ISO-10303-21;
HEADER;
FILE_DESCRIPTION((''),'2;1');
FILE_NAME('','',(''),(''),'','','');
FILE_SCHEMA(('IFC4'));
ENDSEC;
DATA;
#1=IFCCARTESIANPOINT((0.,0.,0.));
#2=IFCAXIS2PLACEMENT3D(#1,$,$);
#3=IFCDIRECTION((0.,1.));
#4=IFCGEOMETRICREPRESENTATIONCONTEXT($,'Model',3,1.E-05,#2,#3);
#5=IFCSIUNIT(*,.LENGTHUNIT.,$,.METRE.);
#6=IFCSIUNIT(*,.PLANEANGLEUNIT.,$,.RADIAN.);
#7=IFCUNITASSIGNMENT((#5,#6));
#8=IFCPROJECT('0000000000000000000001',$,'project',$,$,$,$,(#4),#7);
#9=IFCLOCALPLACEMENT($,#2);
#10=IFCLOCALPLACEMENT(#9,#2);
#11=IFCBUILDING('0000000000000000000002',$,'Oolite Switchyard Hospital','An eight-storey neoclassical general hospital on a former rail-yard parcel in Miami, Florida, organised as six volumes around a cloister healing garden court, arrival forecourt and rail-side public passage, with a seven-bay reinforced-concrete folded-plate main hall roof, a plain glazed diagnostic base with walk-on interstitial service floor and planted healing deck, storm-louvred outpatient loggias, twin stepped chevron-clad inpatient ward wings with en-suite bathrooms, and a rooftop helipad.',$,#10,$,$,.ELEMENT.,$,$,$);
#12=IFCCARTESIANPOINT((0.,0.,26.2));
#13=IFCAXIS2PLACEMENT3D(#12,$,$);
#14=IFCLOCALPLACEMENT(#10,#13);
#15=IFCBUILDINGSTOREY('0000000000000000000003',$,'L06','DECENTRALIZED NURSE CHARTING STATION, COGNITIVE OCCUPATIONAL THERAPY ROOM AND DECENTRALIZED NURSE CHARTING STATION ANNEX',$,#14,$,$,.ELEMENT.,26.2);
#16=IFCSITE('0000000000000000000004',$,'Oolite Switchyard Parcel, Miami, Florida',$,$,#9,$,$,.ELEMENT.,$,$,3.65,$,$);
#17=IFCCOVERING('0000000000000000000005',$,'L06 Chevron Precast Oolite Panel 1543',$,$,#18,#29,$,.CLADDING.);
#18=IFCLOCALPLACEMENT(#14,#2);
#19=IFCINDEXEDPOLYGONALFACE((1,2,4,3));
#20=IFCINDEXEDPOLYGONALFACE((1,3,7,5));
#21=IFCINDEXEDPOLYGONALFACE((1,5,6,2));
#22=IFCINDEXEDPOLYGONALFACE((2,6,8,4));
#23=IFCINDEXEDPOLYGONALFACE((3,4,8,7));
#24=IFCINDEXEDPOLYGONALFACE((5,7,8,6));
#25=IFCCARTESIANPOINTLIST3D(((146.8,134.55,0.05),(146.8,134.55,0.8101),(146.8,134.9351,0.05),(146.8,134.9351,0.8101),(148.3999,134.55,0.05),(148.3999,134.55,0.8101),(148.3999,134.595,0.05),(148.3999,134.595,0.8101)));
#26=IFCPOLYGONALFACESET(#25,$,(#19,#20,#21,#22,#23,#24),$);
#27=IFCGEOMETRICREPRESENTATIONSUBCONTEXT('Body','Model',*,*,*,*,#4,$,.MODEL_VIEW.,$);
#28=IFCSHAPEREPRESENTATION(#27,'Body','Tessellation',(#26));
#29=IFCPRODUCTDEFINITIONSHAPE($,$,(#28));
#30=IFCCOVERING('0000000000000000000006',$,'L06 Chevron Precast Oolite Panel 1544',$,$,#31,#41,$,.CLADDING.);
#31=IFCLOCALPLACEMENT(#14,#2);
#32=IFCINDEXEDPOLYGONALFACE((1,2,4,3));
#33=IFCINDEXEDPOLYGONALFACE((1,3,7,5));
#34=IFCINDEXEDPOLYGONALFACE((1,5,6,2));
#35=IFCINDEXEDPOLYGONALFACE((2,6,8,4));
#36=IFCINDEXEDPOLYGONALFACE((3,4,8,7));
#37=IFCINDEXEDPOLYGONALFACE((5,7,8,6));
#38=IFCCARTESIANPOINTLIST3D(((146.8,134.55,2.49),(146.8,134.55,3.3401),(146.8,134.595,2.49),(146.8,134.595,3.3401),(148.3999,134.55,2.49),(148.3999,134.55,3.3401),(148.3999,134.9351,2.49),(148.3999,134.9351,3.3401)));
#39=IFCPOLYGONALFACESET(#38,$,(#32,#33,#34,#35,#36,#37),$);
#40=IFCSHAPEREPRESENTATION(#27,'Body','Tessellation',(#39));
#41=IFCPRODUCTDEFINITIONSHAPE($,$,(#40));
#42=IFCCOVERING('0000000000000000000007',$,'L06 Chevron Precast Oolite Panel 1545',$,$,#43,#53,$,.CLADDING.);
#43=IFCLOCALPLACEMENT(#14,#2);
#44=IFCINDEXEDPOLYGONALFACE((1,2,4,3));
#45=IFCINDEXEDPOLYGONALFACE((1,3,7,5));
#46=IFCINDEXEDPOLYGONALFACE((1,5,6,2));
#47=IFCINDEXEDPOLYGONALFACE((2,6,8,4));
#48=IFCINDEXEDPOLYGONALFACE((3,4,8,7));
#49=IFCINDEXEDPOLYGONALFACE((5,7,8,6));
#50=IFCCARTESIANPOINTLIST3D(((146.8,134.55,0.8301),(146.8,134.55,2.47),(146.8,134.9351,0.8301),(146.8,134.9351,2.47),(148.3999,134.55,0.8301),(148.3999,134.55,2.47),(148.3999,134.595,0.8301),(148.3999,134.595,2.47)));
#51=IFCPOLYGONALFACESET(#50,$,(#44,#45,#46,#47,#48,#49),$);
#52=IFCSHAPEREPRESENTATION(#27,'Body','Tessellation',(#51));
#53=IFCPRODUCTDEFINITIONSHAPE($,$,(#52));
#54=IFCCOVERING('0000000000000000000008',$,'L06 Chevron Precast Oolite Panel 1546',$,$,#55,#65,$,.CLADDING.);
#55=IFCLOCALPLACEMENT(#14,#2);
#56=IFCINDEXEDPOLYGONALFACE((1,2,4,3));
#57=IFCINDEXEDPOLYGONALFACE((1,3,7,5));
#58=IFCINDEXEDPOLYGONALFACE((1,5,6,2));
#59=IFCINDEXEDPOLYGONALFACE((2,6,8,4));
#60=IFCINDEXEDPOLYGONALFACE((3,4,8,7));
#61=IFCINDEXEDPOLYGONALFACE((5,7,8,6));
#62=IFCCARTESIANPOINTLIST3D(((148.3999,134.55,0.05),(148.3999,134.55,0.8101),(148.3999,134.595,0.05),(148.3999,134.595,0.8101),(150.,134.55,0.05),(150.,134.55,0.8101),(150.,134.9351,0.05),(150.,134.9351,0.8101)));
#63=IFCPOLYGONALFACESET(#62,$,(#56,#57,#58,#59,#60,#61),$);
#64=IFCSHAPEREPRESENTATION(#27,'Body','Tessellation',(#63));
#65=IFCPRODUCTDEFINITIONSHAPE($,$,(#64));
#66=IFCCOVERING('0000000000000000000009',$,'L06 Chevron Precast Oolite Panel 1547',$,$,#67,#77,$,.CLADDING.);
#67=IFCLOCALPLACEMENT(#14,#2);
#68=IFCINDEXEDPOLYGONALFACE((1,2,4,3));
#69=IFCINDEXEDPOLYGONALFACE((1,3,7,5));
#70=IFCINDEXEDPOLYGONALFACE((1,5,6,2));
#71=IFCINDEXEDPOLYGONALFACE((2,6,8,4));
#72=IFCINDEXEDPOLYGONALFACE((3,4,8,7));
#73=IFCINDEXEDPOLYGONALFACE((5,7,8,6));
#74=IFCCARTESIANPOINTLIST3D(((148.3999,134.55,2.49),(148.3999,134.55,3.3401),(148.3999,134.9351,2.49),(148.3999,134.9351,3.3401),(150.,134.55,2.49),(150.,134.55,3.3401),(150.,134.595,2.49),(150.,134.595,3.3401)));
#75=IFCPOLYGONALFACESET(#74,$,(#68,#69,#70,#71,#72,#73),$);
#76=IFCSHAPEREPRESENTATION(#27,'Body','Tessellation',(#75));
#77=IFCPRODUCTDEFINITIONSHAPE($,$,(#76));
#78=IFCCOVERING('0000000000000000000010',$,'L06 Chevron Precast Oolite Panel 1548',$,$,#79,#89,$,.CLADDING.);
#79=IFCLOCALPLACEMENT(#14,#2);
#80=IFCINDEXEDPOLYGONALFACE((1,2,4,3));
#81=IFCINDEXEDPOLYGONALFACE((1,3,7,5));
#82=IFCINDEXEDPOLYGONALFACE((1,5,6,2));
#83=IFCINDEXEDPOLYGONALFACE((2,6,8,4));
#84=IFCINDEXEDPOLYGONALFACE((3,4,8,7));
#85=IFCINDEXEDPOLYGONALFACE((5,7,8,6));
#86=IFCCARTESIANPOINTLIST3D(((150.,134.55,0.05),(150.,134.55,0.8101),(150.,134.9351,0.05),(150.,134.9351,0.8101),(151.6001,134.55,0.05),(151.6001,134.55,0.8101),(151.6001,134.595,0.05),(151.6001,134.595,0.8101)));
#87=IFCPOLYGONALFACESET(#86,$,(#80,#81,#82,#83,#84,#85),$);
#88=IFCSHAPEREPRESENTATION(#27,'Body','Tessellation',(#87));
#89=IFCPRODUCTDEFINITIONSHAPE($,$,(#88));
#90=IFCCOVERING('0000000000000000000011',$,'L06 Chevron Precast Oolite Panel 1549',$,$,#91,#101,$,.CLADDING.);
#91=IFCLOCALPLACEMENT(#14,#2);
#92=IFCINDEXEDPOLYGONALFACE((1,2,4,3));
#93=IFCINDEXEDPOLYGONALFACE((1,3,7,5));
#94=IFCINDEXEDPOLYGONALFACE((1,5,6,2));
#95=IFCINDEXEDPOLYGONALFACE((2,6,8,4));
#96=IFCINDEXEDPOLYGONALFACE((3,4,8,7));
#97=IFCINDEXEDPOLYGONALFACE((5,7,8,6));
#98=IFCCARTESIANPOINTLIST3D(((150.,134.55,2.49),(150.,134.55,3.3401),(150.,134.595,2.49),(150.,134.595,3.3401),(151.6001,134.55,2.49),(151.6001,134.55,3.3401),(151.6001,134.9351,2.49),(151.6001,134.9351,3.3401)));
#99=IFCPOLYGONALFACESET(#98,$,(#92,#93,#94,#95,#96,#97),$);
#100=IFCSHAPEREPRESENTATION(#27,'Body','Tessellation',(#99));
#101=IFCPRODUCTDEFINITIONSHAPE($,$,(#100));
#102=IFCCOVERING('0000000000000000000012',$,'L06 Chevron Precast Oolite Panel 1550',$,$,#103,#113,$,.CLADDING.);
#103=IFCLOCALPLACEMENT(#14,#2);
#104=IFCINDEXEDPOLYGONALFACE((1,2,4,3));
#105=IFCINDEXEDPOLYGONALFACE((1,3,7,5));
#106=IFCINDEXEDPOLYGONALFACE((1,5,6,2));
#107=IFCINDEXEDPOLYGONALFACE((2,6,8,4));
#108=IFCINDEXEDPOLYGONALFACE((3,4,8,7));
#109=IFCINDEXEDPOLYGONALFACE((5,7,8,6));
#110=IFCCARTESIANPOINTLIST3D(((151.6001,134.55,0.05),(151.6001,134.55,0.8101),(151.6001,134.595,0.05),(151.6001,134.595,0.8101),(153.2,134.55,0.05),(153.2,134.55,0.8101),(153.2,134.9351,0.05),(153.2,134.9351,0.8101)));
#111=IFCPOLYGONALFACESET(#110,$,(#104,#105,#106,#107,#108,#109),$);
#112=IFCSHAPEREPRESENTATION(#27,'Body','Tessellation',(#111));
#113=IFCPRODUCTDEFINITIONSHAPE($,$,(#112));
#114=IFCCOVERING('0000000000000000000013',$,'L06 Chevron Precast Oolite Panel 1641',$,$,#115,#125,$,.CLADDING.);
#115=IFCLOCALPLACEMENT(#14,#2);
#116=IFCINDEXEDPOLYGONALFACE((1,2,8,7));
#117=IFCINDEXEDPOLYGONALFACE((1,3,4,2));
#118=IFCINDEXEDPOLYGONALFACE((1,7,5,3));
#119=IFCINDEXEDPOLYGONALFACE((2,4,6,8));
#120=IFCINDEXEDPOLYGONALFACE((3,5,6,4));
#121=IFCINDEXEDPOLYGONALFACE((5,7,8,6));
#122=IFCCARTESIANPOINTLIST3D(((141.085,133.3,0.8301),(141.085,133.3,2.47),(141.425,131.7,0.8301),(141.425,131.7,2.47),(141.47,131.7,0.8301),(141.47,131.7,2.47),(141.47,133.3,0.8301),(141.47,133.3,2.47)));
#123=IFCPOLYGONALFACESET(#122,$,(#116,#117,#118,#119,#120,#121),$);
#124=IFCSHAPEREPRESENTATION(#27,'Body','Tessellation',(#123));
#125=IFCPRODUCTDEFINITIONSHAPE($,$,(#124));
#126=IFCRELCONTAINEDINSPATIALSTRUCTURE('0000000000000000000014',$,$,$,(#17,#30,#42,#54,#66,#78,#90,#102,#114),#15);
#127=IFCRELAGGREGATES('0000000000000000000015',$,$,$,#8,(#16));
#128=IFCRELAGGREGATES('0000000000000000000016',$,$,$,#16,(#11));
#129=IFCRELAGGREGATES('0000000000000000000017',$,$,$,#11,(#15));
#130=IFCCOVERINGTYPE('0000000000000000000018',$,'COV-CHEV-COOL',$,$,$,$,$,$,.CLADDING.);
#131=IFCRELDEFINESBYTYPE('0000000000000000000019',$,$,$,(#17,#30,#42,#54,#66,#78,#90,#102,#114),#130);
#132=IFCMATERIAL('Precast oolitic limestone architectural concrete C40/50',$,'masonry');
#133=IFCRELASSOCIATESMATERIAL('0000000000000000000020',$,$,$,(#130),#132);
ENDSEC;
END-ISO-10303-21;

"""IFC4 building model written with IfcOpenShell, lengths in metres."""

from ifc_helpers import new_model, si_unit, direction, frame, origin, place, context, subcontext, project, spatial, polyline, outline, extrude, material, type_object, element, save


model = new_model("IFC4")

# Units and contexts
model_context = context("Model", 3, precision=1e-05, world=origin(), true_north=direction((0.0, 1.0)))
body_context = subcontext(model_context, "Body", "Model", "MODEL_VIEW")
ifc_project = project(units=[si_unit("LENGTHUNIT", "METRE"), si_unit("PLANEANGLEUNIT", "RADIAN")], contexts=[model_context])

# Site, building, storey
site_placement = place(None, origin())
site = spatial("IfcSite", under=ifc_project, at=site_placement, Name="Oolite Switchyard Parcel, Miami, Florida", CompositionType="ELEMENT", RefElevation=3.65)
building_placement = place(site_placement, origin())
building = spatial("IfcBuilding", under=site, at=building_placement, Name="Oolite Switchyard Hospital", Description="An eight-storey neoclassical general hospital on a former rail-yard parcel in Miami, Florida, organised as six volumes around a cloister healing garden court, arrival forecourt and rail-side public passage, with a seven-bay reinforced-concrete folded-plate main hall roof, a plain glazed diagnostic base with walk-on interstitial service floor and planted healing deck, storm-louvred outpatient loggias, twin stepped chevron-clad inpatient ward wings with en-suite bathrooms, and a rooftop helipad.", CompositionType="ELEMENT")
storey_placement = place(building_placement, frame((0.0, 0.0, 26.2)))
storey = spatial("IfcBuildingStorey", under=building, at=storey_placement, Name="L06", Description="DECENTRALIZED NURSE CHARTING STATION, COGNITIVE OCCUPATIONAL THERAPY ROOM AND DECENTRALIZED NURSE CHARTING STATION ANNEX", CompositionType="ELEMENT", Elevation=26.2)

# Shared definitions
ifc_material_1 = material(Name="Precast oolitic limestone architectural concrete C40/50", Category="masonry")

# Coverings
covering_type = type_object("IfcCoveringType", Name="COV-CHEV-COOL", PredefinedType="CLADDING", material=ifc_material_1)
covering_1_placement = place(storey_placement, frame((146.8, 134.55, 0.05), z_axis=(0.0, 0.0, 1.0), x_axis=(1.0, 0.0, 0.0)))
element("IfcCovering", 1, at=covering_1_placement, inside=storey, type_object=covering_type, Name="L06 Chevron Precast Oolite Panel 1543", PredefinedType="CLADDING", context=body_context, shape_type="SweptSolid", body=[
    extrude(outline(polyline([(0.0, 0.0), (1.5999, 0.0), (1.5999, 0.0449), (0.0, 0.385), (0.0, 0.0)])), origin(), (0.0, 0.0, 1.0), 0.76),
])
covering_2_placement = place(storey_placement, frame((146.8, 134.55, 2.49), z_axis=(0.0, 0.0, 1.0), x_axis=(1.0, 0.0, 0.0)))
element("IfcCovering", 2, at=covering_2_placement, inside=storey, type_object=covering_type, Name="L06 Chevron Precast Oolite Panel 1544", PredefinedType="CLADDING", context=body_context, shape_type="SweptSolid", body=[
    extrude(outline(polyline([(0.0, 0.0), (1.5999, 0.0), (1.5999, 0.385), (0.0, 0.0449), (0.0, 0.0)])), origin(), (0.0, 0.0, 1.0), 0.8501),
])
covering_3_placement = place(storey_placement, frame((146.8, 134.55, 0.8301), z_axis=(0.0, 0.0, 1.0), x_axis=(1.0, 0.0, 0.0)))
element("IfcCovering", 3, at=covering_3_placement, inside=storey, type_object=covering_type, Name="L06 Chevron Precast Oolite Panel 1545", PredefinedType="CLADDING", context=body_context, shape_type="SweptSolid", body=[
    extrude(outline(polyline([(0.0, 0.0), (1.5999, 0.0), (1.5999, 0.0449), (0.0, 0.385), (0.0, 0.0)])), origin(), (0.0, 0.0, 1.0), 1.6399),
])
covering_4_placement = place(storey_placement, frame((148.3999, 134.55, 0.05), z_axis=(0.0, 0.0, 1.0), x_axis=(1.0, 0.0, 0.0)))
element("IfcCovering", 4, at=covering_4_placement, inside=storey, type_object=covering_type, Name="L06 Chevron Precast Oolite Panel 1546", PredefinedType="CLADDING", context=body_context, shape_type="SweptSolid", body=[
    extrude(outline(polyline([(0.0, 0.0), (1.6001, 0.0), (1.6001, 0.385), (0.0, 0.0449), (0.0, 0.0)])), origin(), (0.0, 0.0, 1.0), 0.76),
])
covering_5_placement = place(storey_placement, frame((148.3999, 134.55, 2.49), z_axis=(0.0, 0.0, 1.0), x_axis=(1.0, 0.0, 0.0)))
element("IfcCovering", 5, at=covering_5_placement, inside=storey, type_object=covering_type, Name="L06 Chevron Precast Oolite Panel 1547", PredefinedType="CLADDING", context=body_context, shape_type="SweptSolid", body=[
    extrude(outline(polyline([(0.0, 0.0), (1.6001, 0.0), (1.6001, 0.0449), (0.0, 0.385), (0.0, 0.0)])), origin(), (0.0, 0.0, 1.0), 0.8501),
])
covering_6_placement = place(storey_placement, frame((150.0, 134.55, 0.05), z_axis=(0.0, 0.0, 1.0), x_axis=(1.0, 0.0, 0.0)))
element("IfcCovering", 6, at=covering_6_placement, inside=storey, type_object=covering_type, Name="L06 Chevron Precast Oolite Panel 1548", PredefinedType="CLADDING", context=body_context, shape_type="SweptSolid", body=[
    extrude(outline(polyline([(0.0, 0.0), (1.6001, 0.0), (1.6001, 0.0449), (0.0, 0.385), (0.0, 0.0)])), origin(), (0.0, 0.0, 1.0), 0.76),
])
covering_7_placement = place(storey_placement, frame((150.0, 134.55, 2.49), z_axis=(0.0, 0.0, 1.0), x_axis=(1.0, 0.0, 0.0)))
element("IfcCovering", 7, at=covering_7_placement, inside=storey, type_object=covering_type, Name="L06 Chevron Precast Oolite Panel 1549", PredefinedType="CLADDING", context=body_context, shape_type="SweptSolid", body=[
    extrude(outline(polyline([(0.0, 0.0), (1.6001, 0.0), (1.6001, 0.385), (0.0, 0.0449), (0.0, 0.0)])), origin(), (0.0, 0.0, 1.0), 0.8501),
])
covering_8_placement = place(storey_placement, frame((151.6001, 134.55, 0.05), z_axis=(0.0, 0.0, 1.0), x_axis=(1.0, 0.0, 0.0)))
element("IfcCovering", 8, at=covering_8_placement, inside=storey, type_object=covering_type, Name="L06 Chevron Precast Oolite Panel 1550", PredefinedType="CLADDING", context=body_context, shape_type="SweptSolid", body=[
    extrude(outline(polyline([(0.0, 0.0), (1.5999, 0.0), (1.5999, 0.385), (0.0, 0.0449), (0.0, 0.0)])), origin(), (0.0, 0.0, 1.0), 0.76),
])
covering_9_placement = place(storey_placement, frame((141.47, 131.7, 0.8301), z_axis=(0.0, 0.0, 1.0), x_axis=(0.0, 1.0, 0.0)))
element("IfcCovering", 9, at=covering_9_placement, inside=storey, type_object=covering_type, Name="L06 Chevron Precast Oolite Panel 1641", PredefinedType="CLADDING", context=body_context, shape_type="SweptSolid", body=[
    extrude(outline(polyline([(0.0, 0.0), (1.6001, 0.0), (1.6001, 0.385), (0.0, 0.0449), (0.0, 0.0)])), origin(), (0.0, 0.0, 1.0), 1.6399),
])

save(model, "model.ifc")
